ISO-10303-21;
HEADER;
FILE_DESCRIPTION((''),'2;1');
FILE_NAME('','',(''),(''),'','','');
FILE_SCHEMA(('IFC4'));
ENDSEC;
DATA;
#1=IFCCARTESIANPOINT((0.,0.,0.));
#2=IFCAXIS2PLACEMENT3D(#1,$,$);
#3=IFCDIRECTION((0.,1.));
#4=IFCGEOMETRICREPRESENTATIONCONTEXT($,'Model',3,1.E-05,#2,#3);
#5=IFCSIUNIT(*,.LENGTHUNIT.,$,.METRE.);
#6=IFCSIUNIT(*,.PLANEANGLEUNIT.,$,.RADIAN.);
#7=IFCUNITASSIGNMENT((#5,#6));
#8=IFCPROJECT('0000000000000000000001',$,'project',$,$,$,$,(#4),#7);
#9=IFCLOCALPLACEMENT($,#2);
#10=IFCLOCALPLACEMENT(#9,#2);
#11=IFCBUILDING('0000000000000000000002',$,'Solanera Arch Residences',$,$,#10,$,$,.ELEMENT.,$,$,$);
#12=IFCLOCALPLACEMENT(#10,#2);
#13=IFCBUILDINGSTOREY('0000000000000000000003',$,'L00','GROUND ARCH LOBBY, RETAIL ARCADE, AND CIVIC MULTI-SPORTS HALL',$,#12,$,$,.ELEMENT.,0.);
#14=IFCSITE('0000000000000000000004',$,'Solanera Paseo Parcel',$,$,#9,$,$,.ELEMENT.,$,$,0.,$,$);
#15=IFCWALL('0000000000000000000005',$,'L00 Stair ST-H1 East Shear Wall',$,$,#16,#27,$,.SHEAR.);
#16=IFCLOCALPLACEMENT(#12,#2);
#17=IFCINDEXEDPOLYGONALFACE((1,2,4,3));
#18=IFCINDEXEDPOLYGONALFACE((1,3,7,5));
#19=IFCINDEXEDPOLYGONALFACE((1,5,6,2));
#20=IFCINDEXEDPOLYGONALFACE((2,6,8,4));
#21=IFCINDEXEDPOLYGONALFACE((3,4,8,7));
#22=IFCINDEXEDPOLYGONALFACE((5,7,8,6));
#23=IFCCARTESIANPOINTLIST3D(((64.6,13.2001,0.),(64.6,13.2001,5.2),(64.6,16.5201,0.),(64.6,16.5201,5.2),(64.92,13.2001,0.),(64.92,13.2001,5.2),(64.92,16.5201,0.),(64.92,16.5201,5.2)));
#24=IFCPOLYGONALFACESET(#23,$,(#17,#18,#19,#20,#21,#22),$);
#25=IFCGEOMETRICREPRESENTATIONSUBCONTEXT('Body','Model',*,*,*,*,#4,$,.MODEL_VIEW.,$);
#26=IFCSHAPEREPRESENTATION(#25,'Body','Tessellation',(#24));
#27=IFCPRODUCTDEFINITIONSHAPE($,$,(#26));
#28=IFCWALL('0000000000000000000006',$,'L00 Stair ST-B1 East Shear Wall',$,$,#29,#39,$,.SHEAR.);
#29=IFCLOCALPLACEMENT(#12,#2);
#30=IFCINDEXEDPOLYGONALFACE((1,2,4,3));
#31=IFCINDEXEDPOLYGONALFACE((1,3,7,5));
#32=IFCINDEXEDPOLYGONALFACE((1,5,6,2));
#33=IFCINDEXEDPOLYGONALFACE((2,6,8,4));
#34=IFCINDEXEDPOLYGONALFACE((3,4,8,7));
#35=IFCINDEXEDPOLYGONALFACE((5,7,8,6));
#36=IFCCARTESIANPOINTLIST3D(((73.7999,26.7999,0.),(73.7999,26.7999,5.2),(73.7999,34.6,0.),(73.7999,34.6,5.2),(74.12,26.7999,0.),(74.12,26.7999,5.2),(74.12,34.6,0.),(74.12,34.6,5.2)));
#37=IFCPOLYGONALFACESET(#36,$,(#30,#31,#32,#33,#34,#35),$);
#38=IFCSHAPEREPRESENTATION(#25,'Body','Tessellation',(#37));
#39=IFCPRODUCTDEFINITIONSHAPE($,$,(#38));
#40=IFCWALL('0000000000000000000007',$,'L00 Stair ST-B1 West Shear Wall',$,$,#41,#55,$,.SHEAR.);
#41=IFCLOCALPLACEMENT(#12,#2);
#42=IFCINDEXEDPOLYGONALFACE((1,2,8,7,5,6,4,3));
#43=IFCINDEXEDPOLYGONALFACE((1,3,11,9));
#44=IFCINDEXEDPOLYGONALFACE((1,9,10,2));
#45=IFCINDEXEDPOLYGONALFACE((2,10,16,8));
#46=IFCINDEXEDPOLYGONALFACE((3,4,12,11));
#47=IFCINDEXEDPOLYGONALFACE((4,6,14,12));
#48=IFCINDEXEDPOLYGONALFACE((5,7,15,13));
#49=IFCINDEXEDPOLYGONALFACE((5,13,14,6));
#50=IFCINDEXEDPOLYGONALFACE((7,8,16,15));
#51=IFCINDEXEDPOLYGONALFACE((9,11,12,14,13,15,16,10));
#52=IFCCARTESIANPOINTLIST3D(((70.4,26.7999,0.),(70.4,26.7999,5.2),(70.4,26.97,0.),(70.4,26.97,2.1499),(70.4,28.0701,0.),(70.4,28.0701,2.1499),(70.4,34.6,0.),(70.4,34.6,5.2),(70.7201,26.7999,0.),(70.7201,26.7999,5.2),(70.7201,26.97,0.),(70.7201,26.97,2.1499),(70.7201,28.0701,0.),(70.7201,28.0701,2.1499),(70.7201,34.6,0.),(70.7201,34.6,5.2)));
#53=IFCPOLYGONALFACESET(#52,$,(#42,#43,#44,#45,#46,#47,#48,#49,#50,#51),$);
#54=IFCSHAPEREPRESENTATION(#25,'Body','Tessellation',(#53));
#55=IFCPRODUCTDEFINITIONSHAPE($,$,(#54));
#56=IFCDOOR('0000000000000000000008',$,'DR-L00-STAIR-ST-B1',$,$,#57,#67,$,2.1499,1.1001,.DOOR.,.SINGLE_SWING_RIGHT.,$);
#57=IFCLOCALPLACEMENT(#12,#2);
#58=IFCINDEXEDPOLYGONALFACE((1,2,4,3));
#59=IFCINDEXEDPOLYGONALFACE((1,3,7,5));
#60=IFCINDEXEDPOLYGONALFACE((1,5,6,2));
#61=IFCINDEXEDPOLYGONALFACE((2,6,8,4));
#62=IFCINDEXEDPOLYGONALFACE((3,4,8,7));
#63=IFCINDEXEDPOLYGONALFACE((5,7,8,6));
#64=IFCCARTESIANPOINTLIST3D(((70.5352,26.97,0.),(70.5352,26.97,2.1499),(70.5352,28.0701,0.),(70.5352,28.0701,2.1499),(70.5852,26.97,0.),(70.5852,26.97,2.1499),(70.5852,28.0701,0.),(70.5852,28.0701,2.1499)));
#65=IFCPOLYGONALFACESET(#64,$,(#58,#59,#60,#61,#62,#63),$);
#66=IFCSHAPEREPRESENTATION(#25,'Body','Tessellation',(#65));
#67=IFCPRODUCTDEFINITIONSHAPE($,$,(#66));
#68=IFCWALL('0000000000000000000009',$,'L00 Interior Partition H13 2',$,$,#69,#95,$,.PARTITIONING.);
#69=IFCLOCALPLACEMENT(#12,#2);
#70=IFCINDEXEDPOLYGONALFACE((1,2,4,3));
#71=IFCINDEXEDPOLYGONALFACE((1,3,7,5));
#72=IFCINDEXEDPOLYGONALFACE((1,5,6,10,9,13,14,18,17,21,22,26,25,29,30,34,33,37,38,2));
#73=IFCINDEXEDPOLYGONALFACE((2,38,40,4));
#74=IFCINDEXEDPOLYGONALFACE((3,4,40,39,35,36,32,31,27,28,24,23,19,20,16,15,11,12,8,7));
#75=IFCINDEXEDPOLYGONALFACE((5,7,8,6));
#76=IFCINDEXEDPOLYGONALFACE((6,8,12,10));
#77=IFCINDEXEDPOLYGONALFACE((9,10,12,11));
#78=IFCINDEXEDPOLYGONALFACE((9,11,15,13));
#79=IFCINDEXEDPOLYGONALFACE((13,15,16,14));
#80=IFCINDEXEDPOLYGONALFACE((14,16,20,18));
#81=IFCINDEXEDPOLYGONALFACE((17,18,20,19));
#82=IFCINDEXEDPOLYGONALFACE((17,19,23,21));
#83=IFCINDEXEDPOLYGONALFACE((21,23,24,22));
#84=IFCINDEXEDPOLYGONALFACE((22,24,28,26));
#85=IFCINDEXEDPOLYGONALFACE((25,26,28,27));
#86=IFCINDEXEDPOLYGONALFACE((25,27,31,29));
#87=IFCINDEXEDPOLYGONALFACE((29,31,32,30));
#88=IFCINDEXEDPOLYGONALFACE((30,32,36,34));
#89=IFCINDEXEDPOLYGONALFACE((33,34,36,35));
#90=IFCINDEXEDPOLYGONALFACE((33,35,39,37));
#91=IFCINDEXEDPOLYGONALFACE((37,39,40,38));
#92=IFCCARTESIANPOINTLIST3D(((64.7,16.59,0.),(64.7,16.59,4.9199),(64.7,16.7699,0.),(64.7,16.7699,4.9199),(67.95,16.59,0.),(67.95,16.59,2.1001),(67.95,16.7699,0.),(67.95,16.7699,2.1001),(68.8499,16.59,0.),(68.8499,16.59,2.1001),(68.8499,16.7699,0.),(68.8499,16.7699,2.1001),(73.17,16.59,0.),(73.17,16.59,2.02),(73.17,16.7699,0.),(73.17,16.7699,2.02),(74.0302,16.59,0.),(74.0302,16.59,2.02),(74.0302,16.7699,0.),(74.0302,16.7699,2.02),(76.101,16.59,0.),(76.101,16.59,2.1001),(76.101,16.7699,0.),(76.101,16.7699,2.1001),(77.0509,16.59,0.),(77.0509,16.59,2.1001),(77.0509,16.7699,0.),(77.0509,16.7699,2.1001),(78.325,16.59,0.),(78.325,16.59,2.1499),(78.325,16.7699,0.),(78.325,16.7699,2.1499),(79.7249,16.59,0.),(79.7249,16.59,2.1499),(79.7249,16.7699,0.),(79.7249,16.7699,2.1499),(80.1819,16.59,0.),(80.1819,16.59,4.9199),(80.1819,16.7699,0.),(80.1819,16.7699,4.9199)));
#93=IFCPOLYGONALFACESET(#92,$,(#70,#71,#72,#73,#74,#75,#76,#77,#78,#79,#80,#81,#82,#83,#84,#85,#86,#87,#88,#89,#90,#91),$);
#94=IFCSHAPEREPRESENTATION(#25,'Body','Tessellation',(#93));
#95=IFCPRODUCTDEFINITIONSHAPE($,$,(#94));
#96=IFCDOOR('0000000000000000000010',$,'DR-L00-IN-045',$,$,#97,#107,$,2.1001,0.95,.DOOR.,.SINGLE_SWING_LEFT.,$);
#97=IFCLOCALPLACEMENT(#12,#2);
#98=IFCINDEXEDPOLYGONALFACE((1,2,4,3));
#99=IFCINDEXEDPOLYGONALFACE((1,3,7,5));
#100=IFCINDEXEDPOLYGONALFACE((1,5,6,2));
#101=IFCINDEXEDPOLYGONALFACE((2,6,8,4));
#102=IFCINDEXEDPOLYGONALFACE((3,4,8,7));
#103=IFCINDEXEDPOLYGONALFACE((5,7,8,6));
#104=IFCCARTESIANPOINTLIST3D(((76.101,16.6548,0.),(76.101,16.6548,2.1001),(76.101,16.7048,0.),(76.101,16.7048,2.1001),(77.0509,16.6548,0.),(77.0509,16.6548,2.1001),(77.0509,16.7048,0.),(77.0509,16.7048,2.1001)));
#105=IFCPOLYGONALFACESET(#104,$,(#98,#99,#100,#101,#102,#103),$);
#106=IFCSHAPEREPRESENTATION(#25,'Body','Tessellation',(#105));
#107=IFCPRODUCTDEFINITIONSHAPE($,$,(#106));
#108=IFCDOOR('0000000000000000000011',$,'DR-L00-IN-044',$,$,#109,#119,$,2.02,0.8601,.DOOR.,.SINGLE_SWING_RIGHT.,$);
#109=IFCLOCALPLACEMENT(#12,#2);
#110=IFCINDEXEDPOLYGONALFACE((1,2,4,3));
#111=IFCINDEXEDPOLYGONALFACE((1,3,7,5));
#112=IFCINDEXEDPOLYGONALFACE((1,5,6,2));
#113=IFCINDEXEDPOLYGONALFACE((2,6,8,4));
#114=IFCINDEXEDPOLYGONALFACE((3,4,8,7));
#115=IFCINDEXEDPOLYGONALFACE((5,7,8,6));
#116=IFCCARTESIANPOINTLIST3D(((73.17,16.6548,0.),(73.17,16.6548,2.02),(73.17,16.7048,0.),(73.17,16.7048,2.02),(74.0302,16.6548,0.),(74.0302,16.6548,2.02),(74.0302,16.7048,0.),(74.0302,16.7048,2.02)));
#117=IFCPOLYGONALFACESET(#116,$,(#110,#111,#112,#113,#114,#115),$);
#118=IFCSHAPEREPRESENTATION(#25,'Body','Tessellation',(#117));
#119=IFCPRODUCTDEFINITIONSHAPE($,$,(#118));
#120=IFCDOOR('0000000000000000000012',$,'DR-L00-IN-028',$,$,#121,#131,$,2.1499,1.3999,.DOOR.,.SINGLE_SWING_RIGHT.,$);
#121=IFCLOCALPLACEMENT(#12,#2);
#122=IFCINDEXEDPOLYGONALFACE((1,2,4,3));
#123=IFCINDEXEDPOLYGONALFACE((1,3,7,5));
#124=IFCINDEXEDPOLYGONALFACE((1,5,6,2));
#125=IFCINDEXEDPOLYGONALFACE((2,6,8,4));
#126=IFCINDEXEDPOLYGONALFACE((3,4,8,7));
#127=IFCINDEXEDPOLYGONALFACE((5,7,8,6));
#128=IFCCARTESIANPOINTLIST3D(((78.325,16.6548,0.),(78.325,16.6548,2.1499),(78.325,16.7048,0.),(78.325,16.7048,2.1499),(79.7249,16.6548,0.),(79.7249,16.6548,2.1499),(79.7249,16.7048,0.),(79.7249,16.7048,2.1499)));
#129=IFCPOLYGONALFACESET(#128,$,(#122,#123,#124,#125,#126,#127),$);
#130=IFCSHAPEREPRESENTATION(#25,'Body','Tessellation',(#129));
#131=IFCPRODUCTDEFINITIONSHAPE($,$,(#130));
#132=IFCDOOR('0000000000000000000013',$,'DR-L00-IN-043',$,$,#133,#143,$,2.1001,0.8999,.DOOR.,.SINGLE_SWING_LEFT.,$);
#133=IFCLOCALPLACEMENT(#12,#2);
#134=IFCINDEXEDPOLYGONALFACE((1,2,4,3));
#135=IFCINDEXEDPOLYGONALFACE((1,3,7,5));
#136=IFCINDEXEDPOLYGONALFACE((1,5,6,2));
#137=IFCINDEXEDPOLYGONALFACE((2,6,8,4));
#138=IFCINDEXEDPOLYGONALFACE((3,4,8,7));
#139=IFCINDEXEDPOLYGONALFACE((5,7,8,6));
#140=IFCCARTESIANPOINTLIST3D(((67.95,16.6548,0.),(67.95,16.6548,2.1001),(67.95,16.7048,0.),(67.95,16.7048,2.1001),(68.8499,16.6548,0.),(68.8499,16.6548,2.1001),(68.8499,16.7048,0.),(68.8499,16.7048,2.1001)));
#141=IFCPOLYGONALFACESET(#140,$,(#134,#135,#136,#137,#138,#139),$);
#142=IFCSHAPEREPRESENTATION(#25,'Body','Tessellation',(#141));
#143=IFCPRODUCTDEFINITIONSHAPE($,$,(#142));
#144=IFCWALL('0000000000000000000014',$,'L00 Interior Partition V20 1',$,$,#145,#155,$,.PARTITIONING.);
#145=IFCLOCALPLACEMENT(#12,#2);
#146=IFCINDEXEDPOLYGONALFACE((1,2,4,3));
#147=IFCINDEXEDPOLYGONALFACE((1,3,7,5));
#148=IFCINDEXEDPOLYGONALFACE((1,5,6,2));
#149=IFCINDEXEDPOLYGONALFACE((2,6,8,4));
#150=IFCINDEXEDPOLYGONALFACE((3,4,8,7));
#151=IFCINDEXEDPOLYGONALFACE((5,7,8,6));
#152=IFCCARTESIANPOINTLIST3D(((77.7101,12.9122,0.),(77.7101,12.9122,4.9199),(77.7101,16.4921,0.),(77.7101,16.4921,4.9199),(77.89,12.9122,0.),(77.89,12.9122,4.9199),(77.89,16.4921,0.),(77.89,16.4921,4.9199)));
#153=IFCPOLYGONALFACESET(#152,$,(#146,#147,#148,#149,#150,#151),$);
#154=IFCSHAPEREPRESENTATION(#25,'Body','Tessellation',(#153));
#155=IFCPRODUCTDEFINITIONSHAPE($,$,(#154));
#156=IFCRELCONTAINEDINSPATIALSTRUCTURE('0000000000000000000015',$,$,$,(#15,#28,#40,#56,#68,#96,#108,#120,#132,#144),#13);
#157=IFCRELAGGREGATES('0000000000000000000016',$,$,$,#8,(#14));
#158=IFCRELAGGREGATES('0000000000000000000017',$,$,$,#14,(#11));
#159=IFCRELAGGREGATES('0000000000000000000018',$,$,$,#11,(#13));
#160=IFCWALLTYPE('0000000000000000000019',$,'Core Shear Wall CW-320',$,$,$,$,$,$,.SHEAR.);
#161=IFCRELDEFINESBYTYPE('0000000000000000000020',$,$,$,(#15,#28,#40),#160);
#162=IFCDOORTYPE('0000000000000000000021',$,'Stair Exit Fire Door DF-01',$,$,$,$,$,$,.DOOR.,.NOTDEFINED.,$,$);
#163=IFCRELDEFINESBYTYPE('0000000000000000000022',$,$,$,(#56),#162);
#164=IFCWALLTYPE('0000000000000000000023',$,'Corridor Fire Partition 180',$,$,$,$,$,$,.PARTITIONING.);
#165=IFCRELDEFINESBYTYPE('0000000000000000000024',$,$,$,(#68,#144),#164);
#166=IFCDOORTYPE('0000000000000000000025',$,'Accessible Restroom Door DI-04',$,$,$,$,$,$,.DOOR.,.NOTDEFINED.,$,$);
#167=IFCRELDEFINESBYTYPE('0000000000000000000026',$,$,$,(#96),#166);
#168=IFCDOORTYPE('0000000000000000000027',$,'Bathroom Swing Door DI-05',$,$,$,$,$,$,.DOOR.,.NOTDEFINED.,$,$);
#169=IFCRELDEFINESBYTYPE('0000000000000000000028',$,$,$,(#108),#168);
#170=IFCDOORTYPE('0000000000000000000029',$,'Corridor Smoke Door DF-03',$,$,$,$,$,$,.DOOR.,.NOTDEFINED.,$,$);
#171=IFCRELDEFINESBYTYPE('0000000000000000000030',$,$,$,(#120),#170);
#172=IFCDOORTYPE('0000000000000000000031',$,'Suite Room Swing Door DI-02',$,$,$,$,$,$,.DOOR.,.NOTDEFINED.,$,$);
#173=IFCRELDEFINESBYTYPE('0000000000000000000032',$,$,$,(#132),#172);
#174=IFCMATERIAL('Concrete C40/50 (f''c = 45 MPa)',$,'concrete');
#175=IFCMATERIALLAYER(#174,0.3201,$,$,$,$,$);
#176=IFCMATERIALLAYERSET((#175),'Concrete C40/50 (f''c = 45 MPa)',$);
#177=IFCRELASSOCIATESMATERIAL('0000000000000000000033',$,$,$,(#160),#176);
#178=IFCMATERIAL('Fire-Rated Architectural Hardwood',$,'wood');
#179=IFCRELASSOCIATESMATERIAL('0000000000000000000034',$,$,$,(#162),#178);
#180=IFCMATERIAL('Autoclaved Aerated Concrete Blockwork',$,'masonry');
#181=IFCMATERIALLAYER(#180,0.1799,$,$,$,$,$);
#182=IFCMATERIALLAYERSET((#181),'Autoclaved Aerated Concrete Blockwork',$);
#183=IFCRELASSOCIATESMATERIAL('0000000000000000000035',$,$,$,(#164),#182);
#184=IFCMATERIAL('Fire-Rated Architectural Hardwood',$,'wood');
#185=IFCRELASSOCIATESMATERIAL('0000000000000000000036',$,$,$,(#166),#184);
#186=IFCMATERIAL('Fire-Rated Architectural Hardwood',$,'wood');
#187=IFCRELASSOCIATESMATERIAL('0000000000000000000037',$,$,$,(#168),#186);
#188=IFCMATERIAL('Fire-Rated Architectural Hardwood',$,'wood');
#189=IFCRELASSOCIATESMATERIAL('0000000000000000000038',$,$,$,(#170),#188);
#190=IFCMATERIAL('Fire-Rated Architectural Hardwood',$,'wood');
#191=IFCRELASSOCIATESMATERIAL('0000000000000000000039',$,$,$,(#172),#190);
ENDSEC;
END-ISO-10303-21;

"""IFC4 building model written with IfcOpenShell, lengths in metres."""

from ifc_helpers import new_model, si_unit, direction, frame, frame_2d, origin, place, context, subcontext, project, spatial, rectangle, extrude, material, layer, layer_set, type_object, element, fill, save


model = new_model("IFC4")

# Units and contexts
model_context = context("Model", 3, precision=1e-05, world=origin(), true_north=direction((0.0, 1.0)))
body_context = subcontext(model_context, "Body", "Model", "MODEL_VIEW")
ifc_project = project(units=[si_unit("LENGTHUNIT", "METRE"), si_unit("PLANEANGLEUNIT", "RADIAN")], contexts=[model_context])

# Site, building, storey
site_placement = place(None, origin())
site = spatial("IfcSite", under=ifc_project, at=site_placement, Name="Solanera Paseo Parcel", CompositionType="ELEMENT", RefElevation=0.0)
building_placement = place(site_placement, origin())
building = spatial("IfcBuilding", under=site, at=building_placement, Name="Solanera Arch Residences", CompositionType="ELEMENT")
storey_placement = place(building_placement, origin())
storey = spatial("IfcBuildingStorey", under=building, at=storey_placement, Name="L00", Description="GROUND ARCH LOBBY, RETAIL ARCADE, AND CIVIC MULTI-SPORTS HALL", CompositionType="ELEMENT", Elevation=0.0)

# Walls
ifc_material_1 = material(Name="Concrete C40/50 (f'c = 45 MPa)", Category="concrete")
ifc_layer_1 = layer(ifc_material_1, 0.3201)
ifc_layer_set_1 = layer_set([ifc_layer_1], Name="Concrete C40/50 (f'c = 45 MPa)")
wall_type_1 = type_object("IfcWallType", Name="Core Shear Wall CW-320", PredefinedType="SHEAR", material=ifc_layer_set_1)
wall_1_placement = place(storey_placement, frame((64.76, 13.2, 0.0), z_axis=(0.0, 0.0, 1.0), x_axis=(0.0, 1.0, 0.0)))
element("IfcWall", 1, at=wall_1_placement, inside=storey, type_object=wall_type_1, Name="L00 Stair ST-H1 East Shear Wall", PredefinedType="SHEAR", context=body_context, shape_type="SweptSolid", body=[
    extrude(rectangle(XDim=3.3201, YDim=0.3201, at=frame_2d((1.6602, 0.0))), origin(), (0.0, 0.0, 1.0), 5.2),
])
wall_2_placement = place(storey_placement, frame((73.96, 26.8, 0.0), z_axis=(0.0, 0.0, 1.0), x_axis=(0.0, 1.0, 0.0)))
element("IfcWall", 2, at=wall_2_placement, inside=storey, type_object=wall_type_1, Name="L00 Stair ST-B1 East Shear Wall", PredefinedType="SHEAR", context=body_context, shape_type="SweptSolid", body=[
    extrude(rectangle(XDim=7.8, YDim=0.3201, at=frame_2d((3.8999, 0.0))), origin(), (0.0, 0.0, 1.0), 5.2),
])

# Wall, opening, door
wall_3_placement = place(storey_placement, frame((70.5601, 26.8, 0.0), z_axis=(0.0, 0.0, 1.0), x_axis=(0.0, 1.0, 0.0)))
wall_3 = element("IfcWall", 3, at=wall_3_placement, inside=storey, type_object=wall_type_1, Name="L00 Stair ST-B1 West Shear Wall", PredefinedType="SHEAR", context=body_context, shape_type="SweptSolid", body=[
    extrude(rectangle(XDim=7.8, YDim=0.3201, at=frame_2d((3.8999, 0.0))), origin(), (0.0, 0.0, 1.0), 5.2),
])
opening_1_placement = place(wall_3_placement, frame((0.1699, 0.0, 0.0)))
opening_1 = element("IfcOpeningElement", 4, at=opening_1_placement, cuts=wall_3, PredefinedType="OPENING", context=body_context, shape_type="SweptSolid", body=[
    extrude(rectangle(XDim=1.1001, YDim=2.1499, at=frame_2d((0.55, 1.075))), frame((0.0, 0.1699, 0.0), z_axis=(0.0, -1.0, 0.0), x_axis=(1.0, 0.0, 0.0)), (0.0, 0.0, 1.0), 0.3401),
])
ifc_material_2 = material(Name="Fire-Rated Architectural Hardwood", Category="wood")
door_type_1 = type_object("IfcDoorType", Name="Stair Exit Fire Door DF-01", OperationType="NOTDEFINED", PredefinedType="DOOR", material=ifc_material_2)
door_1_placement = place(opening_1_placement, origin())
door_1 = element("IfcDoor", 5, at=door_1_placement, inside=storey, type_object=door_type_1, Name="DR-L00-STAIR-ST-B1", OperationType="SINGLE_SWING_RIGHT", OverallHeight=2.1499, OverallWidth=1.1001, PredefinedType="DOOR", context=body_context, shape_type="SweptSolid", body=[
    extrude(rectangle(XDim=1.1001, YDim=2.1499, at=frame_2d((0.55, 1.075))), frame((0.0, 0.0249, 0.0), z_axis=(0.0, -1.0, 0.0), x_axis=(1.0, 0.0, 0.0)), (0.0, 0.0, 1.0), 0.05),
])
fill(opening_1, door_1)

# Wall, openings, doors
ifc_material_3 = material(Name="Autoclaved Aerated Concrete Blockwork", Category="masonry")
ifc_layer_2 = layer(ifc_material_3, 0.1799)
ifc_layer_set_2 = layer_set([ifc_layer_2], Name="Autoclaved Aerated Concrete Blockwork")
wall_type_2 = type_object("IfcWallType", Name="Corridor Fire Partition 180", PredefinedType="PARTITIONING", material=ifc_layer_set_2)
wall_4_placement = place(storey_placement, frame((64.7, 16.6799, 0.0), z_axis=(0.0, 0.0, 1.0), x_axis=(1.0, 0.0, 0.0)))
wall_4 = element("IfcWall", 6, at=wall_4_placement, inside=storey, type_object=wall_type_2, Name="L00 Interior Partition H13 2", PredefinedType="PARTITIONING", context=body_context, shape_type="SweptSolid", body=[
    extrude(rectangle(XDim=15.4819, YDim=0.1799, at=frame_2d((7.741, 0.0))), origin(), (0.0, 0.0, 1.0), 4.9199),
])
opening_2_placement = place(wall_4_placement, frame((13.625, 0.0, 0.0)))
opening_2 = element("IfcOpeningElement", 7, at=opening_2_placement, cuts=wall_4, PredefinedType="OPENING", context=body_context, shape_type="SweptSolid", body=[
    extrude(rectangle(XDim=1.3999, YDim=2.1499, at=frame_2d((0.7, 1.075))), frame((0.0, 0.1001, 0.0), z_axis=(0.0, -1.0, 0.0), x_axis=(1.0, 0.0, 0.0)), (0.0, 0.0, 1.0), 0.1999),
])
opening_3_placement = place(wall_4_placement, frame((3.25, 0.0, 0.0)))
opening_3 = element("IfcOpeningElement", 8, at=opening_3_placement, cuts=wall_4, PredefinedType="OPENING", context=body_context, shape_type="SweptSolid", body=[
    extrude(rectangle(XDim=0.8999, YDim=2.1001, at=frame_2d((0.45, 1.05))), frame((0.0, 0.1001, 0.0), z_axis=(0.0, -1.0, 0.0), x_axis=(1.0, 0.0, 0.0)), (0.0, 0.0, 1.0), 0.1999),
])
opening_4_placement = place(wall_4_placement, frame((8.47, 0.0, 0.0)))
opening_4 = element("IfcOpeningElement", 9, at=opening_4_placement, cuts=wall_4, PredefinedType="OPENING", context=body_context, shape_type="SweptSolid", body=[
    extrude(rectangle(XDim=0.8601, YDim=2.02, at=frame_2d((0.4302, 1.01))), frame((0.0, 0.1001, 0.0), z_axis=(0.0, -1.0, 0.0), x_axis=(1.0, 0.0, 0.0)), (0.0, 0.0, 1.0), 0.1999),
])
opening_5_placement = place(wall_4_placement, frame((11.4009, 0.0, 0.0)))
opening_5 = element("IfcOpeningElement", 10, at=opening_5_placement, cuts=wall_4, PredefinedType="OPENING", context=body_context, shape_type="SweptSolid", body=[
    extrude(rectangle(XDim=0.95, YDim=2.1001, at=frame_2d((0.4751, 1.05))), frame((0.0, 0.1001, 0.0), z_axis=(0.0, -1.0, 0.0), x_axis=(1.0, 0.0, 0.0)), (0.0, 0.0, 1.0), 0.1999),
])
ifc_material_4 = material(Name="Fire-Rated Architectural Hardwood", Category="wood")
door_type_2 = type_object("IfcDoorType", Name="Accessible Restroom Door DI-04", OperationType="NOTDEFINED", PredefinedType="DOOR", material=ifc_material_4)
door_2_placement = place(opening_5_placement, origin())
door_2 = element("IfcDoor", 11, at=door_2_placement, inside=storey, type_object=door_type_2, Name="DR-L00-IN-045", OperationType="SINGLE_SWING_LEFT", OverallHeight=2.1001, OverallWidth=0.95, PredefinedType="DOOR", context=body_context, shape_type="SweptSolid", body=[
    extrude(rectangle(XDim=0.95, YDim=2.1001, at=frame_2d((0.4751, 1.05))), frame((0.0, 0.0249, 0.0), z_axis=(0.0, -1.0, 0.0), x_axis=(1.0, 0.0, 0.0)), (0.0, 0.0, 1.0), 0.05),
])
fill(opening_5, door_2)
ifc_material_5 = material(Name="Fire-Rated Architectural Hardwood", Category="wood")
door_type_3 = type_object("IfcDoorType", Name="Bathroom Swing Door DI-05", OperationType="NOTDEFINED", PredefinedType="DOOR", material=ifc_material_5)
door_3_placement = place(opening_4_placement, origin())
door_3 = element("IfcDoor", 12, at=door_3_placement, inside=storey, type_object=door_type_3, Name="DR-L00-IN-044", OperationType="SINGLE_SWING_RIGHT", OverallHeight=2.02, OverallWidth=0.8601, PredefinedType="DOOR", context=body_context, shape_type="SweptSolid", body=[
    extrude(rectangle(XDim=0.8601, YDim=2.02, at=frame_2d((0.4302, 1.01))), frame((0.0, 0.0249, 0.0), z_axis=(0.0, -1.0, 0.0), x_axis=(1.0, 0.0, 0.0)), (0.0, 0.0, 1.0), 0.05),
])
fill(opening_4, door_3)
ifc_material_6 = material(Name="Fire-Rated Architectural Hardwood", Category="wood")
door_type_4 = type_object("IfcDoorType", Name="Corridor Smoke Door DF-03", OperationType="NOTDEFINED", PredefinedType="DOOR", material=ifc_material_6)
door_4_placement = place(opening_2_placement, origin())
door_4 = element("IfcDoor", 13, at=door_4_placement, inside=storey, type_object=door_type_4, Name="DR-L00-IN-028", OperationType="SINGLE_SWING_RIGHT", OverallHeight=2.1499, OverallWidth=1.3999, PredefinedType="DOOR", context=body_context, shape_type="SweptSolid", body=[
    extrude(rectangle(XDim=1.3999, YDim=2.1499, at=frame_2d((0.7, 1.075))), frame((0.0, 0.0249, 0.0), z_axis=(0.0, -1.0, 0.0), x_axis=(1.0, 0.0, 0.0)), (0.0, 0.0, 1.0), 0.05),
])
fill(opening_2, door_4)
ifc_material_7 = material(Name="Fire-Rated Architectural Hardwood", Category="wood")
door_type_5 = type_object("IfcDoorType", Name="Suite Room Swing Door DI-02", OperationType="NOTDEFINED", PredefinedType="DOOR", material=ifc_material_7)
door_5_placement = place(opening_3_placement, origin())
door_5 = element("IfcDoor", 14, at=door_5_placement, inside=storey, type_object=door_type_5, Name="DR-L00-IN-043", OperationType="SINGLE_SWING_LEFT", OverallHeight=2.1001, OverallWidth=0.8999, PredefinedType="DOOR", context=body_context, shape_type="SweptSolid", body=[
    extrude(rectangle(XDim=0.8999, YDim=2.1001, at=frame_2d((0.45, 1.05))), frame((0.0, 0.0249, 0.0), z_axis=(0.0, -1.0, 0.0), x_axis=(1.0, 0.0, 0.0)), (0.0, 0.0, 1.0), 0.05),
])
fill(opening_3, door_5)

# Wall
wall_5_placement = place(storey_placement, frame((77.8, 12.9121, 0.0), z_axis=(0.0, 0.0, 1.0), x_axis=(0.0, 1.0, 0.0)))
element("IfcWall", 15, at=wall_5_placement, inside=storey, type_object=wall_type_2, Name="L00 Interior Partition V20 1", PredefinedType="PARTITIONING", context=body_context, shape_type="SweptSolid", body=[
    extrude(rectangle(XDim=3.5798, YDim=0.1799, at=frame_2d((1.79, 0.0))), origin(), (0.0, 0.0, 1.0), 4.9199),
])

save(model, "model.ifc")
